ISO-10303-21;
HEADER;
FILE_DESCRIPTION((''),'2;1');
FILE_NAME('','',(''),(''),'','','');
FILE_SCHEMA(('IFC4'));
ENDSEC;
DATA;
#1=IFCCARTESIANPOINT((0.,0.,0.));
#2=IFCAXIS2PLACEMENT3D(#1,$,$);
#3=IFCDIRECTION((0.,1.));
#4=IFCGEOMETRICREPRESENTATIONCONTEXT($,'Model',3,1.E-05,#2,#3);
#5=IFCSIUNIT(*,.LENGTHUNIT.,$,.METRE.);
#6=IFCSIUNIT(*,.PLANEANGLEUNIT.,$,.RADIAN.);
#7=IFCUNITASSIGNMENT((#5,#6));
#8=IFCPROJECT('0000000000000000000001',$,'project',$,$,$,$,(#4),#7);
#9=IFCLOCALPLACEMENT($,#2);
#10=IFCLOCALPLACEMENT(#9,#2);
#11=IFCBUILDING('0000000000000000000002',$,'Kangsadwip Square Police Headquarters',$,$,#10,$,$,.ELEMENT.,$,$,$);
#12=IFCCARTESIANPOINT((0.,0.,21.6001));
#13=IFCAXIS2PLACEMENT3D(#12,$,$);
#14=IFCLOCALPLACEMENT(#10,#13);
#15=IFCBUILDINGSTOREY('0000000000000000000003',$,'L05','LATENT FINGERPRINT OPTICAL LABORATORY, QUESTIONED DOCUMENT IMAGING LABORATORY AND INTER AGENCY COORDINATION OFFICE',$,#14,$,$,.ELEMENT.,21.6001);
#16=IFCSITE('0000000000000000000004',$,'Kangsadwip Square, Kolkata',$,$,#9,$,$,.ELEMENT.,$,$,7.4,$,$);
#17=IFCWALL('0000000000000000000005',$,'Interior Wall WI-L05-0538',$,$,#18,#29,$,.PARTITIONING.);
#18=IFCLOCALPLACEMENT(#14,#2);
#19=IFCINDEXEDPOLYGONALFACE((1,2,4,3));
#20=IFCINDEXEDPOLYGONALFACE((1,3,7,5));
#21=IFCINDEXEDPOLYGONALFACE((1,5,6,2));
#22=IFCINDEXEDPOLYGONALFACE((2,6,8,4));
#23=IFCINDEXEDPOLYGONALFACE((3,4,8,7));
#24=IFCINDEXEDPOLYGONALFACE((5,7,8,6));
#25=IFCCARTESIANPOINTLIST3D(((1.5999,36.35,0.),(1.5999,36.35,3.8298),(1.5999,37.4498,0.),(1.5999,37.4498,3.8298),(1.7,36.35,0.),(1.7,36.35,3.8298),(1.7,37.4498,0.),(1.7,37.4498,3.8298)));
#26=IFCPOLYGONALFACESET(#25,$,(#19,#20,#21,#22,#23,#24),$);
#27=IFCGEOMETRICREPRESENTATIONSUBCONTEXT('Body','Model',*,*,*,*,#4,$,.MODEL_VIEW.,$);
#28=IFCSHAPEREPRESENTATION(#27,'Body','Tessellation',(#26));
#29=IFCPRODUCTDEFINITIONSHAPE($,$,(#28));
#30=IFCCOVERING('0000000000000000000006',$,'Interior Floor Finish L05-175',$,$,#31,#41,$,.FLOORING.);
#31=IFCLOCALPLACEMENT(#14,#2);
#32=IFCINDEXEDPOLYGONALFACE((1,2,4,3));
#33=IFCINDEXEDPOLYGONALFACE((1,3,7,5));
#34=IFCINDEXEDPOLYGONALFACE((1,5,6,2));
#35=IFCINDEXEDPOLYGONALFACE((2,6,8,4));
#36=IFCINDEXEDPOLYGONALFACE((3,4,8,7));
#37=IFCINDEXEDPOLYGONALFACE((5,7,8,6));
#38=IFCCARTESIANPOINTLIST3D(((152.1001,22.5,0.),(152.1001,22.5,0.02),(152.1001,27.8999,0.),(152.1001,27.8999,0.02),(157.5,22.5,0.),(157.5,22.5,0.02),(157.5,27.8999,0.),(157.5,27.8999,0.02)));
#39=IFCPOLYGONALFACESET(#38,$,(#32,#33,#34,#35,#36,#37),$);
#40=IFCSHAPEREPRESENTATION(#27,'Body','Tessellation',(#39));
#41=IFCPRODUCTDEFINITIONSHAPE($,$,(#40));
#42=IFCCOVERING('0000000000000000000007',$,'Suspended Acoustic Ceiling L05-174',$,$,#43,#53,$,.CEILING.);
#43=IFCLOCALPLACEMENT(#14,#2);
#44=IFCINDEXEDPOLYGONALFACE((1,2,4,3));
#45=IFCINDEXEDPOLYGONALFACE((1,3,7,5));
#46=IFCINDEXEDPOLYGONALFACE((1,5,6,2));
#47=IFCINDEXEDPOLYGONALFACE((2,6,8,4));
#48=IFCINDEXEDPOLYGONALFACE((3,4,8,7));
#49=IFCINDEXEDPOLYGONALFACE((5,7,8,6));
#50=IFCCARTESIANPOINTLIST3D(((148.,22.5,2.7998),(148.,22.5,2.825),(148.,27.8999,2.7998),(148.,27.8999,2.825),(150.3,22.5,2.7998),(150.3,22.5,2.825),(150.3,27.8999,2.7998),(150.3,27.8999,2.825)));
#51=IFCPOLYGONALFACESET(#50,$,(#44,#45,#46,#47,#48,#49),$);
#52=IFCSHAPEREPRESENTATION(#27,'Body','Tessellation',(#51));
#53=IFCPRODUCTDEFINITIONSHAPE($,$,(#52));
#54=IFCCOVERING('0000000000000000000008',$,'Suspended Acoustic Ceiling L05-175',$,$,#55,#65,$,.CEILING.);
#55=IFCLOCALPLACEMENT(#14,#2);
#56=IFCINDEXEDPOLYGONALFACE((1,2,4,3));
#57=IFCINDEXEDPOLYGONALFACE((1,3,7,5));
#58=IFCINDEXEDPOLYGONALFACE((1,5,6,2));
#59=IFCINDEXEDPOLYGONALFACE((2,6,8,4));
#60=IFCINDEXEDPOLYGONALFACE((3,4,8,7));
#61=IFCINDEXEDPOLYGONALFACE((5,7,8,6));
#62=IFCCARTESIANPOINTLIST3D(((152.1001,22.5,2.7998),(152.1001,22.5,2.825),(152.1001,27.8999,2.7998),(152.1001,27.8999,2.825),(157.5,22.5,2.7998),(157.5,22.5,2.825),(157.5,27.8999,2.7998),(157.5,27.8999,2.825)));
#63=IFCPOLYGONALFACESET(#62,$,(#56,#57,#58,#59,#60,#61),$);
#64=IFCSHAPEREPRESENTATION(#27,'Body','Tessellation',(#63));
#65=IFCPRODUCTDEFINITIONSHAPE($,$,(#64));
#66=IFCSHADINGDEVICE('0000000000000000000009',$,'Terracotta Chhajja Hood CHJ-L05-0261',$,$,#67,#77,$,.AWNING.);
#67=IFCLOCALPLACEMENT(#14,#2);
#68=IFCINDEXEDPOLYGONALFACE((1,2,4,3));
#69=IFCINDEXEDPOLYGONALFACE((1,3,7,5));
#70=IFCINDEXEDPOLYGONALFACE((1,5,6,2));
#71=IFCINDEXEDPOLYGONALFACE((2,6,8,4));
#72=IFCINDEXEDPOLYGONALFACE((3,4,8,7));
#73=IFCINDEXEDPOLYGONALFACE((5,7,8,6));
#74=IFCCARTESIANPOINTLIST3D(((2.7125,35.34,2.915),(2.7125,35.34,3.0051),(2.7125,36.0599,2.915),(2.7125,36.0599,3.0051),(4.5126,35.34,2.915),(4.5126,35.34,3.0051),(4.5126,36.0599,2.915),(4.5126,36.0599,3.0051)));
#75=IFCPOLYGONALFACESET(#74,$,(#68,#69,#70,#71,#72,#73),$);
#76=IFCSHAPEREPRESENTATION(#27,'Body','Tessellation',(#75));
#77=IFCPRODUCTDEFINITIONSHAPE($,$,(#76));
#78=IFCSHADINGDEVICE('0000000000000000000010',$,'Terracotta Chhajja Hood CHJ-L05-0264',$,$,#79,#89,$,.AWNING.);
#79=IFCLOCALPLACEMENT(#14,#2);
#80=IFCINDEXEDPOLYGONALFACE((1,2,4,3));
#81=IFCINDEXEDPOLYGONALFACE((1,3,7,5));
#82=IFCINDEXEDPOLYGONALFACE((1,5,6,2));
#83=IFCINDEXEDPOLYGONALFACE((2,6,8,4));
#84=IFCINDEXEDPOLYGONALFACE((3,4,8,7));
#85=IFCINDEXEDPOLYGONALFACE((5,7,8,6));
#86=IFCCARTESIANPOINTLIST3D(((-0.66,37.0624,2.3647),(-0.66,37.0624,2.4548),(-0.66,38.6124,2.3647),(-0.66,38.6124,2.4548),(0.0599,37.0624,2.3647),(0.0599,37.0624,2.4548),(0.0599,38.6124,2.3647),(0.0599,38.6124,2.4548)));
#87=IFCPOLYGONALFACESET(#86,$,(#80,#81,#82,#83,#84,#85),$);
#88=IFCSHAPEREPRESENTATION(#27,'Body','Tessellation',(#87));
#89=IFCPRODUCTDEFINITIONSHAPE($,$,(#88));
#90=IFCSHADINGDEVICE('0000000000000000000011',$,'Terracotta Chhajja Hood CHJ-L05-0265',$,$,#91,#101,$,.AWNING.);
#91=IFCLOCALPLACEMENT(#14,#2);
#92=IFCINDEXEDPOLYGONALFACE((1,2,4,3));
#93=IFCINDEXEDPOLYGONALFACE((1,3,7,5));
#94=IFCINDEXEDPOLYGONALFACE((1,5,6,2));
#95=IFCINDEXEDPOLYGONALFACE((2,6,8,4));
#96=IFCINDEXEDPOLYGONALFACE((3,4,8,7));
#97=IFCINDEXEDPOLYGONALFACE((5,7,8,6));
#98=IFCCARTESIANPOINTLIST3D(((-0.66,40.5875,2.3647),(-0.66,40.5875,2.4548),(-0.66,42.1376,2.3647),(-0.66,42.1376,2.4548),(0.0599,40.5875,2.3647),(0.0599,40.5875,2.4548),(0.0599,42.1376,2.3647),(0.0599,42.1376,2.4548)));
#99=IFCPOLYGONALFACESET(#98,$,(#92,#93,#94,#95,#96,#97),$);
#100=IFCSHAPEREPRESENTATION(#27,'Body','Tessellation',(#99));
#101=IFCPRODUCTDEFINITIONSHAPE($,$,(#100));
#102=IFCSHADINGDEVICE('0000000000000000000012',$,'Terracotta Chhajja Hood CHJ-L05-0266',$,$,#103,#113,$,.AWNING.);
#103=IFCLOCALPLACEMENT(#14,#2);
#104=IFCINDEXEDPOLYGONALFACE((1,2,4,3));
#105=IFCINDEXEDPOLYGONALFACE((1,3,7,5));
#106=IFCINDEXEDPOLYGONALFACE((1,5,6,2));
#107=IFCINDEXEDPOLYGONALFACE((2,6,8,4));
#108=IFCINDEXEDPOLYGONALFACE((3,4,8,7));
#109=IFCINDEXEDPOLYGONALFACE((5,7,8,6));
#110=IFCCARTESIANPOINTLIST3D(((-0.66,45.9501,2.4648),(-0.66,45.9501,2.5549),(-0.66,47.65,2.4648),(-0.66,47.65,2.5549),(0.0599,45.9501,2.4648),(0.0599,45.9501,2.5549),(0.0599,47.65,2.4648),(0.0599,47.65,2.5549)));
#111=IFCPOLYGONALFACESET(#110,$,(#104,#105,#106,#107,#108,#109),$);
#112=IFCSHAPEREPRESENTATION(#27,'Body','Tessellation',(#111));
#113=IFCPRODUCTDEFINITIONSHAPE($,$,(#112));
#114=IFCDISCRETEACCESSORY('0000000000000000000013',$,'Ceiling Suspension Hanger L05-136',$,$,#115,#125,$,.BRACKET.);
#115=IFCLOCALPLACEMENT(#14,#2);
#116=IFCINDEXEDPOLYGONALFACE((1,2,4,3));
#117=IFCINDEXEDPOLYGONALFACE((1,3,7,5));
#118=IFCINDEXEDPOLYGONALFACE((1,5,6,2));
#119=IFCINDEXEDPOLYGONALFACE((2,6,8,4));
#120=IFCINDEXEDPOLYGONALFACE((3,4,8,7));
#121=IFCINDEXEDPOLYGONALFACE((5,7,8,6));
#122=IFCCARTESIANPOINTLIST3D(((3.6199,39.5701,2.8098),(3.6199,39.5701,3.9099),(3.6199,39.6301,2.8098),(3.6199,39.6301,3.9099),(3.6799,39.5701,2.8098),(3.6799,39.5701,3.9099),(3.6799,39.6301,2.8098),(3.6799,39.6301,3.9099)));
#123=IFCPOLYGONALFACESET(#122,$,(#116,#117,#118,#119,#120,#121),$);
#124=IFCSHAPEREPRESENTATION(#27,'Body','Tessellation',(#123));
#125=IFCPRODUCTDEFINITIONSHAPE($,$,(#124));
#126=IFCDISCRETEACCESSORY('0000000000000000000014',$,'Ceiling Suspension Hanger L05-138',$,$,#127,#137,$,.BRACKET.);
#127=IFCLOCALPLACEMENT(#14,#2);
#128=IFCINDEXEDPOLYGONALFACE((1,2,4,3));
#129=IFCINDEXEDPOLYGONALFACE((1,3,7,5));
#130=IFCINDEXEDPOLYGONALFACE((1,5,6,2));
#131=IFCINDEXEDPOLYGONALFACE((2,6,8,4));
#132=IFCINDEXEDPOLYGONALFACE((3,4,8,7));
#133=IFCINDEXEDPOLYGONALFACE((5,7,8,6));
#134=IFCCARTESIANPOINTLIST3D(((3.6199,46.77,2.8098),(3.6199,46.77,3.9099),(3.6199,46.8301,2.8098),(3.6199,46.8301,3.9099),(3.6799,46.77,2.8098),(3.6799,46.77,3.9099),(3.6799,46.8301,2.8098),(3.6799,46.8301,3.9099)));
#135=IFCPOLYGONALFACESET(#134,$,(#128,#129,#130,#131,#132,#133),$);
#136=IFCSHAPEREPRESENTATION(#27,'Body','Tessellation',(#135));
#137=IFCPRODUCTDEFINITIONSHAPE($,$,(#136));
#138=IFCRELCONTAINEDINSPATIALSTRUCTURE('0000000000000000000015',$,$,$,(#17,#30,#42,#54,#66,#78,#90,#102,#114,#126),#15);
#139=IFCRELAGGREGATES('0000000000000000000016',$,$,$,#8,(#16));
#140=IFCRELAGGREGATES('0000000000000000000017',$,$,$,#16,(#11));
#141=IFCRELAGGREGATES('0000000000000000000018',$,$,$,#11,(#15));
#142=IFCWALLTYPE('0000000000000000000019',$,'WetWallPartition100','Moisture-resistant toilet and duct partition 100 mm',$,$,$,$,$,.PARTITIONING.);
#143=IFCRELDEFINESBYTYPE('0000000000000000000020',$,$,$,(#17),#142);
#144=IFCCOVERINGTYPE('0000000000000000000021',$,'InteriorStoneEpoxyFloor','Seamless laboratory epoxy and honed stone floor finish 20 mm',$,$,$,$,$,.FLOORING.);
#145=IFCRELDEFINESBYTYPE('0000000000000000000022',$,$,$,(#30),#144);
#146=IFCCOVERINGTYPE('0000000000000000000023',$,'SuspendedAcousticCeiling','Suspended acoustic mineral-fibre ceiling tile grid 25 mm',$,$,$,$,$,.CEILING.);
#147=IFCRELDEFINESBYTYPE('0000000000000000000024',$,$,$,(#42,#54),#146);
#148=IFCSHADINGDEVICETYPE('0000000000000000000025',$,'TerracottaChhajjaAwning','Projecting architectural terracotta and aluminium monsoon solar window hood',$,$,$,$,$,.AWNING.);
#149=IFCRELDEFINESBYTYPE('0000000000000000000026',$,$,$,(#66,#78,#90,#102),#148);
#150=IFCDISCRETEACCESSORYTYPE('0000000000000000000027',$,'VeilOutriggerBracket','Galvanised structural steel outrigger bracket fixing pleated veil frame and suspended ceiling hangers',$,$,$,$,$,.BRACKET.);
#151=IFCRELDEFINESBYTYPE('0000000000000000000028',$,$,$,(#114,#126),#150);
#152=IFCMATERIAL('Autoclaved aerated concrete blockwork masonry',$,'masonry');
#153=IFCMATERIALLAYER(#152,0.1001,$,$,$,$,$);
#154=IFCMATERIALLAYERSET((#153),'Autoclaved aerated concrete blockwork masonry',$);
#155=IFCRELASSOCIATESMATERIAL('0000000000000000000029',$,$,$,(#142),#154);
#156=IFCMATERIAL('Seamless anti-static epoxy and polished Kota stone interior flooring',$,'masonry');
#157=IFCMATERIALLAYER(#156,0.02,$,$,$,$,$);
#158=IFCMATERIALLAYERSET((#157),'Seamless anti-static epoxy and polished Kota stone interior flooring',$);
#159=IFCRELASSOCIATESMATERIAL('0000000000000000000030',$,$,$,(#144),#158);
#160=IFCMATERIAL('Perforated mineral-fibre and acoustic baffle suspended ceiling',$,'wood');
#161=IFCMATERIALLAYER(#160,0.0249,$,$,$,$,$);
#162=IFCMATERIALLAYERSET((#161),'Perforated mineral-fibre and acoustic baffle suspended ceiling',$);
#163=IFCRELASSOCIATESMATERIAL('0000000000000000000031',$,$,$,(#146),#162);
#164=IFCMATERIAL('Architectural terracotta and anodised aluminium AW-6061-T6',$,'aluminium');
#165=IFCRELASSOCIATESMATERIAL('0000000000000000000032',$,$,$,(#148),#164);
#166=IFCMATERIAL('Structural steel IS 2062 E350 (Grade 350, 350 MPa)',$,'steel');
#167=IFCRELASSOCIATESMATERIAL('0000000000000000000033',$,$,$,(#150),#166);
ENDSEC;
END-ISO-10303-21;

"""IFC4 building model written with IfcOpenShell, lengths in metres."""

from ifc_helpers import new_model, si_unit, direction, frame, frame_2d, origin, origin_2d, place, context, subcontext, project, spatial, polyline, rectangle, outline, extrude, material, layer, layer_set, type_object, element, save


model = new_model("IFC4")

# Units and contexts
model_context = context("Model", 3, precision=1e-05, world=origin(), true_north=direction((0.0, 1.0)))
body_context = subcontext(model_context, "Body", "Model", "MODEL_VIEW")
ifc_project = project(units=[si_unit("LENGTHUNIT", "METRE"), si_unit("PLANEANGLEUNIT", "RADIAN")], contexts=[model_context])

# Site, building, storey
site_placement = place(None, origin())
site = spatial("IfcSite", under=ifc_project, at=site_placement, Name="Kangsadwip Square, Kolkata", CompositionType="ELEMENT", RefElevation=7.4)
building_placement = place(site_placement, origin())
building = spatial("IfcBuilding", under=site, at=building_placement, Name="Kangsadwip Square Police Headquarters", CompositionType="ELEMENT")
storey_placement = place(building_placement, frame((0.0, 0.0, 21.6001)))
storey = spatial("IfcBuildingStorey", under=building, at=storey_placement, Name="L05", Description="LATENT FINGERPRINT OPTICAL LABORATORY, QUESTIONED DOCUMENT IMAGING LABORATORY AND INTER AGENCY COORDINATION OFFICE", CompositionType="ELEMENT", Elevation=21.6001)

# Wall
ifc_material_1 = material(Name="Autoclaved aerated concrete blockwork masonry", Category="masonry")
ifc_layer_1 = layer(ifc_material_1, 0.1001)
ifc_layer_set_1 = layer_set([ifc_layer_1], Name="Autoclaved aerated concrete blockwork masonry")
wall_type_1 = type_object("IfcWallType", Name="WetWallPartition100", Description="Moisture-resistant toilet and duct partition 100 mm", PredefinedType="PARTITIONING", material=ifc_layer_set_1)
wall_1_placement = place(storey_placement, frame((1.6499, 36.3501, 0.0), z_axis=(0.0, 0.0, 1.0), x_axis=(0.0, 1.0, 0.0)))
element("IfcWall", 1, at=wall_1_placement, inside=storey, type_object=wall_type_1, Name="Interior Wall WI-L05-0538", PredefinedType="PARTITIONING", context=body_context, shape_type="SweptSolid", body=[
    extrude(rectangle(XDim=1.0999, YDim=0.1001, at=frame_2d((0.5498, 0.0))), origin(), (0.0, 0.0, 1.0), 3.8298),
])

# Coverings
ifc_material_2 = material(Name="Seamless anti-static epoxy and polished Kota stone interior flooring", Category="masonry")
ifc_layer_2 = layer(ifc_material_2, 0.02)
ifc_layer_set_2 = layer_set([ifc_layer_2], Name="Seamless anti-static epoxy and polished Kota stone interior flooring")
covering_type_1 = type_object("IfcCoveringType", Name="InteriorStoneEpoxyFloor", Description="Seamless laboratory epoxy and honed stone floor finish 20 mm", PredefinedType="FLOORING", material=ifc_layer_set_2)
covering_1_placement = place(storey_placement, origin())
element("IfcCovering", 2, at=covering_1_placement, inside=storey, type_object=covering_type_1, Name="Interior Floor Finish L05-175", PredefinedType="FLOORING", context=body_context, shape_type="SweptSolid", body=[
    extrude(outline(polyline([(152.1001, 22.5), (157.5, 22.5), (157.5, 27.8999), (152.1001, 27.8999), (152.1001, 22.5)])), origin(), (0.0, 0.0, 1.0), 0.02),
])
ifc_material_3 = material(Name="Perforated mineral-fibre and acoustic baffle suspended ceiling", Category="wood")
ifc_layer_3 = layer(ifc_material_3, 0.0249)
ifc_layer_set_3 = layer_set([ifc_layer_3], Name="Perforated mineral-fibre and acoustic baffle suspended ceiling")
covering_type_2 = type_object("IfcCoveringType", Name="SuspendedAcousticCeiling", Description="Suspended acoustic mineral-fibre ceiling tile grid 25 mm", PredefinedType="CEILING", material=ifc_layer_set_3)
covering_2_placement = place(storey_placement, frame((0.0, 0.0, 2.7998)))
element("IfcCovering", 3, at=covering_2_placement, inside=storey, type_object=covering_type_2, Name="Suspended Acoustic Ceiling L05-174", PredefinedType="CEILING", context=body_context, shape_type="SweptSolid", body=[
    extrude(outline(polyline([(148.0, 22.5), (150.3, 22.5), (150.3, 27.8999), (148.0, 27.8999), (148.0, 22.5)])), origin(), (0.0, 0.0, 1.0), 0.0251),
])
covering_3_placement = place(storey_placement, frame((0.0, 0.0, 2.7998)))
element("IfcCovering", 4, at=covering_3_placement, inside=storey, type_object=covering_type_2, Name="Suspended Acoustic Ceiling L05-175", PredefinedType="CEILING", context=body_context, shape_type="SweptSolid", body=[
    extrude(outline(polyline([(152.1001, 22.5), (157.5, 22.5), (157.5, 27.8999), (152.1001, 27.8999), (152.1001, 22.5)])), origin(), (0.0, 0.0, 1.0), 0.0251),
])

# Shading devices
ifc_material_4 = material(Name="Architectural terracotta and anodised aluminium AW-6061-T6", Category="aluminium")
shading_device_type = type_object("IfcShadingDeviceType", Name="TerracottaChhajjaAwning", Description="Projecting architectural terracotta and aluminium monsoon solar window hood", PredefinedType="AWNING", material=ifc_material_4)
shading_device_1_placement = place(storey_placement, frame((3.6125, 35.7, 2.915), z_axis=(0.0, 0.0, 1.0), x_axis=(1.0, 0.0, 0.0)))
element("IfcShadingDevice", 5, at=shading_device_1_placement, inside=storey, type_object=shading_device_type, Name="Terracotta Chhajja Hood CHJ-L05-0261", PredefinedType="AWNING", context=body_context, shape_type="SweptSolid", body=[
    extrude(rectangle(XDim=1.8, YDim=0.72, at=origin_2d()), origin(), (0.0, 0.0, 1.0), 0.0901),
])
for number, where, z_axis, x_axis, name in (
    (6, (-0.3, 37.8374, 2.3647), (0.0, 0.0, 1.0), (0.0, 1.0, 0.0), "Terracotta Chhajja Hood CHJ-L05-0264"),
    (7, (-0.3, 41.3625, 2.3647), (0.0, 0.0, 1.0), (0.0, 1.0, 0.0), "Terracotta Chhajja Hood CHJ-L05-0265"),
):
    element("IfcShadingDevice", number, at=place(storey_placement, frame(where, z_axis=z_axis, x_axis=x_axis)), inside=storey, type_object=shading_device_type, Name=name, PredefinedType="AWNING", context=body_context, shape_type="SweptSolid", body=[
        extrude(rectangle(XDim=1.55, YDim=0.72, at=origin_2d()), origin(), (0.0, 0.0, 1.0), 0.0901),
    ])
shading_device_2_placement = place(storey_placement, frame((-0.3, 46.8, 2.4648), z_axis=(0.0, 0.0, 1.0), x_axis=(0.0, 1.0, 0.0)))
element("IfcShadingDevice", 8, at=shading_device_2_placement, inside=storey, type_object=shading_device_type, Name="Terracotta Chhajja Hood CHJ-L05-0266", PredefinedType="AWNING", context=body_context, shape_type="SweptSolid", body=[
    extrude(rectangle(XDim=1.7, YDim=0.72, at=origin_2d()), origin(), (0.0, 0.0, 1.0), 0.0901),
])

# Discrete accessories
ifc_material_5 = material(Name="Structural steel IS 2062 E350 (Grade 350, 350 MPa)", Category="steel")
discrete_accessory_type = type_object("IfcDiscreteAccessoryType", Name="VeilOutriggerBracket", Description="Galvanised structural steel outrigger bracket fixing pleated veil frame and suspended ceiling hangers", PredefinedType="BRACKET", material=ifc_material_5)
for number, where, z_axis, x_axis, name in (
    (9, (3.6499, 39.6001, 2.8098), (0.0, 0.0, 1.0), (1.0, 0.0, 0.0), "Ceiling Suspension Hanger L05-136"),
    (10, (3.6499, 46.8, 2.8098), (0.0, 0.0, 1.0), (1.0, 0.0, 0.0), "Ceiling Suspension Hanger L05-138"),
):
    element("IfcDiscreteAccessory", number, at=place(storey_placement, frame(where, z_axis=z_axis, x_axis=x_axis)), inside=storey, type_object=discrete_accessory_type, Name=name, PredefinedType="BRACKET", context=body_context, shape_type="SweptSolid", body=[
        extrude(rectangle(XDim=0.0601, YDim=0.0601, at=origin_2d()), origin(), (0.0, 0.0, 1.0), 1.1001),
    ])

save(model, "model.ifc")
